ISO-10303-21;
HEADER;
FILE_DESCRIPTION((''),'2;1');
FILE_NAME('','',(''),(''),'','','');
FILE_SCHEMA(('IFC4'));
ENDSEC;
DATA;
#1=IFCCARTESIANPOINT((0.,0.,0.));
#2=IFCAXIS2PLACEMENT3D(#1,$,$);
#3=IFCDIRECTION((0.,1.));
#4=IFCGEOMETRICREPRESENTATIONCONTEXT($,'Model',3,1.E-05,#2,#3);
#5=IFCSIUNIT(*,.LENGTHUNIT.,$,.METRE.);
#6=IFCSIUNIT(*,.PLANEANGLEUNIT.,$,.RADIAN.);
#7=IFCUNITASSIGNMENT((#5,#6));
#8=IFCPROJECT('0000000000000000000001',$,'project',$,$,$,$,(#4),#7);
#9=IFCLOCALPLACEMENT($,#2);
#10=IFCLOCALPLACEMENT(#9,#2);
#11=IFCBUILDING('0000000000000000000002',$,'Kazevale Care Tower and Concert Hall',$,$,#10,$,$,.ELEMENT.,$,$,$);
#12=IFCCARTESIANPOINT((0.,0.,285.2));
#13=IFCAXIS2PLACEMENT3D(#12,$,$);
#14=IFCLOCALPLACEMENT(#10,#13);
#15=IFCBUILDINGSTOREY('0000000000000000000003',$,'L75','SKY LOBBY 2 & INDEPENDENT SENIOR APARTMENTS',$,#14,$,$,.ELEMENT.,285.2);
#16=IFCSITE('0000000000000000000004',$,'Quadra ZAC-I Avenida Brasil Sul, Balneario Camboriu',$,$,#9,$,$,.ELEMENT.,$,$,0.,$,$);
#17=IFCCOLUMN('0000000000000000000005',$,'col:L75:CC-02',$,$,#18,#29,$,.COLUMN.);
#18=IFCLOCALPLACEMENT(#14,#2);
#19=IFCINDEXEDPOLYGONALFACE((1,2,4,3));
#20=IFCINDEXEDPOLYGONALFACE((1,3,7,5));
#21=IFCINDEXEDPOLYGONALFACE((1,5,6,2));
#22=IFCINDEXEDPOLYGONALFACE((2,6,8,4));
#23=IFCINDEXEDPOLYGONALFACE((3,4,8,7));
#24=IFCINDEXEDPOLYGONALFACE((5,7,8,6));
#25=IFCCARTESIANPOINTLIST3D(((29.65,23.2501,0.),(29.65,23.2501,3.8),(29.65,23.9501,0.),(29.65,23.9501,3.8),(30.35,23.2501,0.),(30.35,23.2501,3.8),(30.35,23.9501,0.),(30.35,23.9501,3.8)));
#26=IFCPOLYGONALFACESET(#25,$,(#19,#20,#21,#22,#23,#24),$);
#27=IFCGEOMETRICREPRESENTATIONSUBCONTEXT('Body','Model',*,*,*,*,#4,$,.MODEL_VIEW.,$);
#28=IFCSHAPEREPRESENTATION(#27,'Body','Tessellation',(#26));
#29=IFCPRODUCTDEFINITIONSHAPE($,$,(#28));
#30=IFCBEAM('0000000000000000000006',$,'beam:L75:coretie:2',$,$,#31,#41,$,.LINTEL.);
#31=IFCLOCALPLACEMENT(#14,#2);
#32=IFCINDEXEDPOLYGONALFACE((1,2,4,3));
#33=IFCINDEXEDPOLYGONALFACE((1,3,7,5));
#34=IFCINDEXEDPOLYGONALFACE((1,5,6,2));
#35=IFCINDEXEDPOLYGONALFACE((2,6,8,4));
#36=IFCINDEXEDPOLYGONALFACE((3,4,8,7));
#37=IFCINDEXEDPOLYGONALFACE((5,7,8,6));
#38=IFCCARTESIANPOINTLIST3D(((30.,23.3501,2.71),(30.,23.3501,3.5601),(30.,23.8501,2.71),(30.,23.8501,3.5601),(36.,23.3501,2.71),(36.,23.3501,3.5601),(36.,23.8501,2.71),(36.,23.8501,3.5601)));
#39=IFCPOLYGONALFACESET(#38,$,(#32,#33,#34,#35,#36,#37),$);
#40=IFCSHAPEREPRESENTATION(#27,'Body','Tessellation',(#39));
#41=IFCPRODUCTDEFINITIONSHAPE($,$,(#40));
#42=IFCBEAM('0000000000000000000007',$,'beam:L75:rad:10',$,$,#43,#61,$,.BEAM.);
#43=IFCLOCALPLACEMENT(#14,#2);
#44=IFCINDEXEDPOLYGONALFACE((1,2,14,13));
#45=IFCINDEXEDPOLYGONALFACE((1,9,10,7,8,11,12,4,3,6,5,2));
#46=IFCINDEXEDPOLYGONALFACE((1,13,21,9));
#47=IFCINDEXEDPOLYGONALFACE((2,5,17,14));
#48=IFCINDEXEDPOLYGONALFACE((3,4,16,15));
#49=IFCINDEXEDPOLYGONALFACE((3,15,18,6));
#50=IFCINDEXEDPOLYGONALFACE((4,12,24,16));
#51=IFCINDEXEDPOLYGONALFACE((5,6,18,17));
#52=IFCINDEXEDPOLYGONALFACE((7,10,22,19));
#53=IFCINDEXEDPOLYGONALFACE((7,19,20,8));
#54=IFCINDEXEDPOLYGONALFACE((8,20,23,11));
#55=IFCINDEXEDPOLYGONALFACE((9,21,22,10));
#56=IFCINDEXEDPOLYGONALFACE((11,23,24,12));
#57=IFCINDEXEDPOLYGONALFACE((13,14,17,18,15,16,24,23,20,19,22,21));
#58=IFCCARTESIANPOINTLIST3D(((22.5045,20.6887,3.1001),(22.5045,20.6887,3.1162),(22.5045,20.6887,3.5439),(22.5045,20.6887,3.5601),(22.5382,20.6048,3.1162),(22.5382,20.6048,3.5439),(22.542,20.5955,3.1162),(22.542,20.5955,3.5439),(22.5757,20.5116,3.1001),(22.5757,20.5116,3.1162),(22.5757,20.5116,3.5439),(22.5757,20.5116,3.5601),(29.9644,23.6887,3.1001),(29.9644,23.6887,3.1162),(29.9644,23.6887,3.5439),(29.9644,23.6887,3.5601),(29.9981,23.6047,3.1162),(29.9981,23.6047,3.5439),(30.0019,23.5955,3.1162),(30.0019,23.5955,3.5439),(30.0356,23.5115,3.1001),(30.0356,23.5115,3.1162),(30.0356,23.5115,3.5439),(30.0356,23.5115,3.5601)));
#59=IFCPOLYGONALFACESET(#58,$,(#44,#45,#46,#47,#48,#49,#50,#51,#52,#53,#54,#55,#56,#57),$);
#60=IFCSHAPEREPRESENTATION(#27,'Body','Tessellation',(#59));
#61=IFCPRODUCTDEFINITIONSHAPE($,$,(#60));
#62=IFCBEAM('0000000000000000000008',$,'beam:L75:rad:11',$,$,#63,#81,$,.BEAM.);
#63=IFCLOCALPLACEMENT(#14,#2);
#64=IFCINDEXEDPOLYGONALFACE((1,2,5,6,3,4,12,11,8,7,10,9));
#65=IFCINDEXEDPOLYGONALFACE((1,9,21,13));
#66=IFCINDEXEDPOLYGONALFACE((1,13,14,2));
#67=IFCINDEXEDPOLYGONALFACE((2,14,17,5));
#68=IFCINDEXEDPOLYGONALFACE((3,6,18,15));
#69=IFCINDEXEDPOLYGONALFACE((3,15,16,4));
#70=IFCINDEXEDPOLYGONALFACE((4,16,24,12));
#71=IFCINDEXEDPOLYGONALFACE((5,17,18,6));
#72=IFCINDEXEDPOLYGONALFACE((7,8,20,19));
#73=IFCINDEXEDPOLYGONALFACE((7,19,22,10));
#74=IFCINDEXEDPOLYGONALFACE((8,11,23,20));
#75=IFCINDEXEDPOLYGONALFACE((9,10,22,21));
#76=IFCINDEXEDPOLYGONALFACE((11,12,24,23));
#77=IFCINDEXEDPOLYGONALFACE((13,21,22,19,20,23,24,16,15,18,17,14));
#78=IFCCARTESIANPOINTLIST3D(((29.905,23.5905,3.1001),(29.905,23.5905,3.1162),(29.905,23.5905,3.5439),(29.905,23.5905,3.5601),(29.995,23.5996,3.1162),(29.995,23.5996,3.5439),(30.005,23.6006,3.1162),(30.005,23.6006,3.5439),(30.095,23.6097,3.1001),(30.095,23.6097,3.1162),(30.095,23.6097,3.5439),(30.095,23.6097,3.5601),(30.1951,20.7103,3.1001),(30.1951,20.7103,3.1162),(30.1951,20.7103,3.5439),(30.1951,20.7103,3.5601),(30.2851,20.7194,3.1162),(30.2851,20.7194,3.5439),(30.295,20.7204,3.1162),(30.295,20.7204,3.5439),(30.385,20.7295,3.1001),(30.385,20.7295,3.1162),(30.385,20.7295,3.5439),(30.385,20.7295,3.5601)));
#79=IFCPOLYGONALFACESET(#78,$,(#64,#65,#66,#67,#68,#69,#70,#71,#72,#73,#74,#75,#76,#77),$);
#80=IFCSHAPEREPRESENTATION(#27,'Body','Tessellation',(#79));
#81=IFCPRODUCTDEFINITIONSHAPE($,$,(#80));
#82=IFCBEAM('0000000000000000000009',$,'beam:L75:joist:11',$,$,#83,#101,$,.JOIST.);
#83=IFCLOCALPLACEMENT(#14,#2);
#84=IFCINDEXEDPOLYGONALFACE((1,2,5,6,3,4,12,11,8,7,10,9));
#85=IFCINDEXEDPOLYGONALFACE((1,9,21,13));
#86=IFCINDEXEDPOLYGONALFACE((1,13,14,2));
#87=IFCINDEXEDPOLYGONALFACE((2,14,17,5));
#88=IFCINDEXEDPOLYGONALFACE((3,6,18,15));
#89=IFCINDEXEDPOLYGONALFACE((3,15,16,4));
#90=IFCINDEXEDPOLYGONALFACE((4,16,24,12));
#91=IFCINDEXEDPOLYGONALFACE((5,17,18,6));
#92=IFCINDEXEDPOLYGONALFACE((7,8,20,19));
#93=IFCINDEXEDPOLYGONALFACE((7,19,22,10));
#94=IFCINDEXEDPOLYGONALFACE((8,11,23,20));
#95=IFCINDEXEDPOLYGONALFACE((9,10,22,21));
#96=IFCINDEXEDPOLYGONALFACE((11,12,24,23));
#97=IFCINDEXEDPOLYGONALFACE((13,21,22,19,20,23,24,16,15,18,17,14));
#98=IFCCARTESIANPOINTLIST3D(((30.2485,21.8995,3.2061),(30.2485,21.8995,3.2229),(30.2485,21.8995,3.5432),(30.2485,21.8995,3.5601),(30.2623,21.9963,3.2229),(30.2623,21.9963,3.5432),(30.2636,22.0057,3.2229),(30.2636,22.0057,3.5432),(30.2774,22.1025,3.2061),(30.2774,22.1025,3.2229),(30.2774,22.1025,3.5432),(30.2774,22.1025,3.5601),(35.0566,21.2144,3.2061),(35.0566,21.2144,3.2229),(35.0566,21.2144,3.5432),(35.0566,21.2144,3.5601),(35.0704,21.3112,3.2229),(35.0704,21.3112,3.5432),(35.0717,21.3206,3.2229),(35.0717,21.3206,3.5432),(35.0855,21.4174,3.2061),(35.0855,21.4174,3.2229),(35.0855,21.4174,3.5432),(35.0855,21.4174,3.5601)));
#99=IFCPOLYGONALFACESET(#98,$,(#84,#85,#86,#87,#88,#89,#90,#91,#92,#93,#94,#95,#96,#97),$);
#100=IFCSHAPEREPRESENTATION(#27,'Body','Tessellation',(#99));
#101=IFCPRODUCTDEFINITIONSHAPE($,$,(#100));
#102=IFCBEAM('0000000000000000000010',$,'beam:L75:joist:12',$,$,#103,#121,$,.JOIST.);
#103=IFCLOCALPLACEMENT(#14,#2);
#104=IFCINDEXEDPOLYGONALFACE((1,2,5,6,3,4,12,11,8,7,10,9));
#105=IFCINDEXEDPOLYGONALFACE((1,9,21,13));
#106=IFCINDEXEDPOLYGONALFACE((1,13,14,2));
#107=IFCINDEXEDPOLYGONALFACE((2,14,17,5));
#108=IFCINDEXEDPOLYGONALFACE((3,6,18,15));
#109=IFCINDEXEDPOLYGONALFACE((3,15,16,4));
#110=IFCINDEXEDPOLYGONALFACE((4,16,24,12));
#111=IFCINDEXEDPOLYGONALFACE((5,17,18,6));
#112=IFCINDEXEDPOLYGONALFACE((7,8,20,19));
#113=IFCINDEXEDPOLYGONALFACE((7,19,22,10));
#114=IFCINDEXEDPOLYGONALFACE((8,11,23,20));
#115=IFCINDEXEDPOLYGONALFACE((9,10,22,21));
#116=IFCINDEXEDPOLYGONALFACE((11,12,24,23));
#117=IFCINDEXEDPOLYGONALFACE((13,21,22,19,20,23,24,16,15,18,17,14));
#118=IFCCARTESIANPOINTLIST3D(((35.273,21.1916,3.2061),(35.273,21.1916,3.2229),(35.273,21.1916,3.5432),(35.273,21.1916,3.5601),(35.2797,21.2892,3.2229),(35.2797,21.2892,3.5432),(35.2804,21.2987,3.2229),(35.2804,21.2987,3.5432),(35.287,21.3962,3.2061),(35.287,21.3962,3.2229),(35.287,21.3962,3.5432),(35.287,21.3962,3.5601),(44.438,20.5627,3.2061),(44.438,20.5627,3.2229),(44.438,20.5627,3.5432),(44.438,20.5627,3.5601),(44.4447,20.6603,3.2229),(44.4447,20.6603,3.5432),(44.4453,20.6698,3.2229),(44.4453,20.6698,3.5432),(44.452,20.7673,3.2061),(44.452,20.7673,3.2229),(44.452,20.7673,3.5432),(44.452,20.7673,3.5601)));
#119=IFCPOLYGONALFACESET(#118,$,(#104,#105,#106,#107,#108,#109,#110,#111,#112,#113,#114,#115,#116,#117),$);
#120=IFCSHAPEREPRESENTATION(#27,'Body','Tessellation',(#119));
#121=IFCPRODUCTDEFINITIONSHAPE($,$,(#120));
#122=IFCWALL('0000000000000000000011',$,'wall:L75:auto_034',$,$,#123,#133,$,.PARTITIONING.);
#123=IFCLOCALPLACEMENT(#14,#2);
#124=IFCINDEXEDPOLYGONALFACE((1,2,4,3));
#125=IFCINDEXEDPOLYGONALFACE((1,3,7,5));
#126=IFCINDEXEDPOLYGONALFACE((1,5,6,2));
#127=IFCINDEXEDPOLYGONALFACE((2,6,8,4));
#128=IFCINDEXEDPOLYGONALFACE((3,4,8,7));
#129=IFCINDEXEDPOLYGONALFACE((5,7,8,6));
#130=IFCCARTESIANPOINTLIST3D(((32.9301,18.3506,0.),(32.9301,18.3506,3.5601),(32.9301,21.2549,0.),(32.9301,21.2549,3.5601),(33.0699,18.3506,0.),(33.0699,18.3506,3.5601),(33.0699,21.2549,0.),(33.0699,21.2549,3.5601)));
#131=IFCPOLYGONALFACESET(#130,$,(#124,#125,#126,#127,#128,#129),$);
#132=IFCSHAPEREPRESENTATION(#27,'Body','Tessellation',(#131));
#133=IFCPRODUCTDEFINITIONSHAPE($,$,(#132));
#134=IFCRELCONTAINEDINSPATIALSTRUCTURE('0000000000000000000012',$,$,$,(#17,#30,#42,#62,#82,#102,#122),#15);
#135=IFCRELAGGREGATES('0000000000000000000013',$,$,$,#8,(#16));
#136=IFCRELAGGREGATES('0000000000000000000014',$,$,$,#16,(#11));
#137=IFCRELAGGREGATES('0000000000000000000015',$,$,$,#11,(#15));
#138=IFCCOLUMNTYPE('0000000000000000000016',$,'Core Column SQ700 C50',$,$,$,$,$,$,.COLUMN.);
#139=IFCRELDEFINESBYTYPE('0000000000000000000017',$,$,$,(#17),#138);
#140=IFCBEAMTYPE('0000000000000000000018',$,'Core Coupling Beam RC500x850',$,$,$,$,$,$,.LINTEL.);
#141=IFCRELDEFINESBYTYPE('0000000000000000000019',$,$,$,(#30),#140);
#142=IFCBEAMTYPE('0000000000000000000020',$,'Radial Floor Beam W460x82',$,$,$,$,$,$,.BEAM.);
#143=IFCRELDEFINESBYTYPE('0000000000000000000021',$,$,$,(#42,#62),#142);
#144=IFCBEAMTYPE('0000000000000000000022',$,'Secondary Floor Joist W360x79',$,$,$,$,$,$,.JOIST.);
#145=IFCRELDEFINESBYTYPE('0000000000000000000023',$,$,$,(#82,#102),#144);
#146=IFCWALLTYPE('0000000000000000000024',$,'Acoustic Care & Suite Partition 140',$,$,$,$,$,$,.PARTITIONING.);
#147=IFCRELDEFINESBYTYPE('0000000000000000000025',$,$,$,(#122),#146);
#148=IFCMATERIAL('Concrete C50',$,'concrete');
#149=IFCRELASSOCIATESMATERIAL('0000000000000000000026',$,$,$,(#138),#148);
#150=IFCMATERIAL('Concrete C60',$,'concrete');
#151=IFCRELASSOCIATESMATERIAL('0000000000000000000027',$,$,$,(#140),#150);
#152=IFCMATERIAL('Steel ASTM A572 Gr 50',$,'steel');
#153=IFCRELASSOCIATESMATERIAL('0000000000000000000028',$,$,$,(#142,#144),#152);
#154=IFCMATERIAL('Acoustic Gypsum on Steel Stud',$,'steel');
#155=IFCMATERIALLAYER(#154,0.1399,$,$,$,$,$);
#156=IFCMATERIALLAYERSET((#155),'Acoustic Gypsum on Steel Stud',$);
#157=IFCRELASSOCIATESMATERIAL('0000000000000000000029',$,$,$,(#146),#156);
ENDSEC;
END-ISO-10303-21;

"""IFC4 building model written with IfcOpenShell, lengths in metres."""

from ifc_helpers import new_model, si_unit, direction, frame, frame_2d, origin, origin_2d, place, context, subcontext, project, spatial, rectangle, i_section, extrude, material, layer, layer_set, material_profile, profile_set, type_object, element, save


model = new_model("IFC4")

# Units and contexts
model_context = context("Model", 3, precision=1e-05, world=origin(), true_north=direction((0.0, 1.0)))
body_context = subcontext(model_context, "Body", "Model", "MODEL_VIEW")
ifc_project = project(units=[si_unit("LENGTHUNIT", "METRE"), si_unit("PLANEANGLEUNIT", "RADIAN")], contexts=[model_context])

# Site, building, storey
site_placement = place(None, origin())
site = spatial("IfcSite", under=ifc_project, at=site_placement, Name="Quadra ZAC-I Avenida Brasil Sul, Balneario Camboriu", CompositionType="ELEMENT", RefElevation=0.0)
building_placement = place(site_placement, origin())
building = spatial("IfcBuilding", under=site, at=building_placement, Name="Kazevale Care Tower and Concert Hall", CompositionType="ELEMENT")
storey_placement = place(building_placement, frame((0.0, 0.0, 285.2)))
storey = spatial("IfcBuildingStorey", under=building, at=storey_placement, Name="L75", Description="SKY LOBBY 2 & INDEPENDENT SENIOR APARTMENTS", CompositionType="ELEMENT", Elevation=285.2)

# Column
ifc_material_1 = material(Name="Concrete C50", Category="concrete")
ifc_material_profile_1 = material_profile(ifc_material_1, rectangle(XDim=0.7, YDim=0.7, at=origin_2d()), Name="RC-SQ700")
ifc_profile_set_1 = profile_set([ifc_material_profile_1], Name="Concrete C50")
column_type = type_object("IfcColumnType", Name="Core Column SQ700 C50", PredefinedType="COLUMN", material=ifc_profile_set_1)
column_placement = place(storey_placement, frame((30.0, 23.6001, 0.0), z_axis=(0.0, 0.0, 1.0), x_axis=(1.0, 0.0, 0.0)))
element("IfcColumn", 1, at=column_placement, inside=storey, type_object=column_type, Name="col:L75:CC-02", PredefinedType="COLUMN", context=body_context, shape_type="SweptSolid", body=[
    extrude(rectangle(XDim=0.7, YDim=0.7, at=origin_2d()), origin(), (0.0, 0.0, 1.0), 3.8),
])

# Beams
ifc_material_2 = material(Name="Concrete C60", Category="concrete")
ifc_material_profile_2 = material_profile(ifc_material_2, rectangle(XDim=0.5, YDim=0.8501, at=origin_2d()), Name="RC-B500x850")
ifc_profile_set_2 = profile_set([ifc_material_profile_2], Name="Concrete C60")
beam_type_1 = type_object("IfcBeamType", Name="Core Coupling Beam RC500x850", PredefinedType="LINTEL", material=ifc_profile_set_2)
beam_1_placement = place(storey_placement, frame((30.0, 23.6001, 3.135), z_axis=(1.0, 0.0, 0.0), x_axis=(0.0, 1.0, 0.0)))
element("IfcBeam", 2, at=beam_1_placement, inside=storey, type_object=beam_type_1, Name="beam:L75:coretie:2", PredefinedType="LINTEL", context=body_context, shape_type="SweptSolid", body=[
    extrude(rectangle(XDim=0.5, YDim=0.8501, at=origin_2d()), origin(), (0.0, 0.0, 1.0), 6.0),
])
ifc_material_3 = material(Name="Steel ASTM A572 Gr 50", Category="steel")
ifc_material_profile_3 = material_profile(ifc_material_3, i_section(OverallWidth=0.1909, OverallDepth=0.46, WebThickness=0.01, FlangeThickness=0.0161, at=origin_2d()), Name="W460x82")
ifc_profile_set_3 = profile_set([ifc_material_profile_3], Name="Steel ASTM A572 Gr 50")
beam_type_2 = type_object("IfcBeamType", Name="Radial Floor Beam W460x82", PredefinedType="BEAM", material=ifc_profile_set_3)
beam_2_placement = place(storey_placement, frame((30.0, 23.6001, 3.3301), z_axis=(-0.927788, -0.373107, 0.0), x_axis=(0.373107, -0.927788, 0.0)))
element("IfcBeam", 3, at=beam_2_placement, inside=storey, type_object=beam_type_2, Name="beam:L75:rad:10", PredefinedType="BEAM", context=body_context, shape_type="SweptSolid", body=[
    extrude(i_section(OverallWidth=0.1909, OverallDepth=0.46, WebThickness=0.01, FlangeThickness=0.0161, at=origin_2d()), origin(), (0.0, 0.0, 1.0), 8.0405),
])
beam_3_placement = place(storey_placement, frame((30.0, 23.6001, 3.3301), z_axis=(0.100197, -0.994968, 0.0), x_axis=(0.994968, 0.100197, 0.0)))
element("IfcBeam", 4, at=beam_3_placement, inside=storey, type_object=beam_type_2, Name="beam:L75:rad:11", PredefinedType="BEAM", context=body_context, shape_type="SweptSolid", body=[
    extrude(i_section(OverallWidth=0.1909, OverallDepth=0.46, WebThickness=0.01, FlangeThickness=0.0161, at=origin_2d()), origin(), (0.0, 0.0, 1.0), 2.8948),
])
ifc_material_profile_4 = material_profile(ifc_material_3, i_section(OverallWidth=0.2051, OverallDepth=0.354, WebThickness=0.0095, FlangeThickness=0.0168, at=origin_2d()), Name="W360x79")
ifc_profile_set_4 = profile_set([ifc_material_profile_4], Name="Steel ASTM A572 Gr 50")
beam_type_3 = type_object("IfcBeamType", Name="Secondary Floor Joist W360x79", PredefinedType="JOIST", material=ifc_profile_set_4)
beam_4_placement = place(storey_placement, frame((30.2629, 22.001, 3.3831), z_axis=(0.990002, -0.141055, 0.0), x_axis=(0.141055, 0.990002, 0.0)))
element("IfcBeam", 5, at=beam_4_placement, inside=storey, type_object=beam_type_3, Name="beam:L75:joist:11", PredefinedType="JOIST", context=body_context, shape_type="SweptSolid", body=[
    extrude(i_section(OverallWidth=0.2051, OverallDepth=0.354, WebThickness=0.0095, FlangeThickness=0.0168, at=origin_2d()), origin(), (0.0, 0.0, 1.0), 4.8567),
])
beam_5_placement = place(storey_placement, frame((35.28, 21.2939, 3.3831), z_axis=(0.997654, -0.068459, 0.0), x_axis=(0.068459, 0.997654, 0.0)))
element("IfcBeam", 6, at=beam_5_placement, inside=storey, type_object=beam_type_3, Name="beam:L75:joist:12", PredefinedType="JOIST", context=body_context, shape_type="SweptSolid", body=[
    extrude(i_section(OverallWidth=0.2051, OverallDepth=0.354, WebThickness=0.0095, FlangeThickness=0.0168, at=origin_2d()), origin(), (0.0, 0.0, 1.0), 9.1865),
])

# Wall
ifc_material_4 = material(Name="Acoustic Gypsum on Steel Stud", Category="steel")
ifc_layer_1 = layer(ifc_material_4, 0.1399)
ifc_layer_set_1 = layer_set([ifc_layer_1], Name="Acoustic Gypsum on Steel Stud")
wall_type_1 = type_object("IfcWallType", Name="Acoustic Care & Suite Partition 140", PredefinedType="PARTITIONING", material=ifc_layer_set_1)
wall_1_placement = place(storey_placement, frame((33.0, 21.2549, 0.0), z_axis=(0.0, 0.0, 1.0), x_axis=(0.0, -1.0, 0.0)))
element("IfcWall", 7, at=wall_1_placement, inside=storey, type_object=wall_type_1, Name="wall:L75:auto_034", PredefinedType="PARTITIONING", context=body_context, shape_type="SweptSolid", body=[
    extrude(rectangle(XDim=2.9043, YDim=0.1399, at=frame_2d((1.4521, 0.0))), origin(), (0.0, 0.0, 1.0), 3.5601),
])

save(model, "model.ifc")
